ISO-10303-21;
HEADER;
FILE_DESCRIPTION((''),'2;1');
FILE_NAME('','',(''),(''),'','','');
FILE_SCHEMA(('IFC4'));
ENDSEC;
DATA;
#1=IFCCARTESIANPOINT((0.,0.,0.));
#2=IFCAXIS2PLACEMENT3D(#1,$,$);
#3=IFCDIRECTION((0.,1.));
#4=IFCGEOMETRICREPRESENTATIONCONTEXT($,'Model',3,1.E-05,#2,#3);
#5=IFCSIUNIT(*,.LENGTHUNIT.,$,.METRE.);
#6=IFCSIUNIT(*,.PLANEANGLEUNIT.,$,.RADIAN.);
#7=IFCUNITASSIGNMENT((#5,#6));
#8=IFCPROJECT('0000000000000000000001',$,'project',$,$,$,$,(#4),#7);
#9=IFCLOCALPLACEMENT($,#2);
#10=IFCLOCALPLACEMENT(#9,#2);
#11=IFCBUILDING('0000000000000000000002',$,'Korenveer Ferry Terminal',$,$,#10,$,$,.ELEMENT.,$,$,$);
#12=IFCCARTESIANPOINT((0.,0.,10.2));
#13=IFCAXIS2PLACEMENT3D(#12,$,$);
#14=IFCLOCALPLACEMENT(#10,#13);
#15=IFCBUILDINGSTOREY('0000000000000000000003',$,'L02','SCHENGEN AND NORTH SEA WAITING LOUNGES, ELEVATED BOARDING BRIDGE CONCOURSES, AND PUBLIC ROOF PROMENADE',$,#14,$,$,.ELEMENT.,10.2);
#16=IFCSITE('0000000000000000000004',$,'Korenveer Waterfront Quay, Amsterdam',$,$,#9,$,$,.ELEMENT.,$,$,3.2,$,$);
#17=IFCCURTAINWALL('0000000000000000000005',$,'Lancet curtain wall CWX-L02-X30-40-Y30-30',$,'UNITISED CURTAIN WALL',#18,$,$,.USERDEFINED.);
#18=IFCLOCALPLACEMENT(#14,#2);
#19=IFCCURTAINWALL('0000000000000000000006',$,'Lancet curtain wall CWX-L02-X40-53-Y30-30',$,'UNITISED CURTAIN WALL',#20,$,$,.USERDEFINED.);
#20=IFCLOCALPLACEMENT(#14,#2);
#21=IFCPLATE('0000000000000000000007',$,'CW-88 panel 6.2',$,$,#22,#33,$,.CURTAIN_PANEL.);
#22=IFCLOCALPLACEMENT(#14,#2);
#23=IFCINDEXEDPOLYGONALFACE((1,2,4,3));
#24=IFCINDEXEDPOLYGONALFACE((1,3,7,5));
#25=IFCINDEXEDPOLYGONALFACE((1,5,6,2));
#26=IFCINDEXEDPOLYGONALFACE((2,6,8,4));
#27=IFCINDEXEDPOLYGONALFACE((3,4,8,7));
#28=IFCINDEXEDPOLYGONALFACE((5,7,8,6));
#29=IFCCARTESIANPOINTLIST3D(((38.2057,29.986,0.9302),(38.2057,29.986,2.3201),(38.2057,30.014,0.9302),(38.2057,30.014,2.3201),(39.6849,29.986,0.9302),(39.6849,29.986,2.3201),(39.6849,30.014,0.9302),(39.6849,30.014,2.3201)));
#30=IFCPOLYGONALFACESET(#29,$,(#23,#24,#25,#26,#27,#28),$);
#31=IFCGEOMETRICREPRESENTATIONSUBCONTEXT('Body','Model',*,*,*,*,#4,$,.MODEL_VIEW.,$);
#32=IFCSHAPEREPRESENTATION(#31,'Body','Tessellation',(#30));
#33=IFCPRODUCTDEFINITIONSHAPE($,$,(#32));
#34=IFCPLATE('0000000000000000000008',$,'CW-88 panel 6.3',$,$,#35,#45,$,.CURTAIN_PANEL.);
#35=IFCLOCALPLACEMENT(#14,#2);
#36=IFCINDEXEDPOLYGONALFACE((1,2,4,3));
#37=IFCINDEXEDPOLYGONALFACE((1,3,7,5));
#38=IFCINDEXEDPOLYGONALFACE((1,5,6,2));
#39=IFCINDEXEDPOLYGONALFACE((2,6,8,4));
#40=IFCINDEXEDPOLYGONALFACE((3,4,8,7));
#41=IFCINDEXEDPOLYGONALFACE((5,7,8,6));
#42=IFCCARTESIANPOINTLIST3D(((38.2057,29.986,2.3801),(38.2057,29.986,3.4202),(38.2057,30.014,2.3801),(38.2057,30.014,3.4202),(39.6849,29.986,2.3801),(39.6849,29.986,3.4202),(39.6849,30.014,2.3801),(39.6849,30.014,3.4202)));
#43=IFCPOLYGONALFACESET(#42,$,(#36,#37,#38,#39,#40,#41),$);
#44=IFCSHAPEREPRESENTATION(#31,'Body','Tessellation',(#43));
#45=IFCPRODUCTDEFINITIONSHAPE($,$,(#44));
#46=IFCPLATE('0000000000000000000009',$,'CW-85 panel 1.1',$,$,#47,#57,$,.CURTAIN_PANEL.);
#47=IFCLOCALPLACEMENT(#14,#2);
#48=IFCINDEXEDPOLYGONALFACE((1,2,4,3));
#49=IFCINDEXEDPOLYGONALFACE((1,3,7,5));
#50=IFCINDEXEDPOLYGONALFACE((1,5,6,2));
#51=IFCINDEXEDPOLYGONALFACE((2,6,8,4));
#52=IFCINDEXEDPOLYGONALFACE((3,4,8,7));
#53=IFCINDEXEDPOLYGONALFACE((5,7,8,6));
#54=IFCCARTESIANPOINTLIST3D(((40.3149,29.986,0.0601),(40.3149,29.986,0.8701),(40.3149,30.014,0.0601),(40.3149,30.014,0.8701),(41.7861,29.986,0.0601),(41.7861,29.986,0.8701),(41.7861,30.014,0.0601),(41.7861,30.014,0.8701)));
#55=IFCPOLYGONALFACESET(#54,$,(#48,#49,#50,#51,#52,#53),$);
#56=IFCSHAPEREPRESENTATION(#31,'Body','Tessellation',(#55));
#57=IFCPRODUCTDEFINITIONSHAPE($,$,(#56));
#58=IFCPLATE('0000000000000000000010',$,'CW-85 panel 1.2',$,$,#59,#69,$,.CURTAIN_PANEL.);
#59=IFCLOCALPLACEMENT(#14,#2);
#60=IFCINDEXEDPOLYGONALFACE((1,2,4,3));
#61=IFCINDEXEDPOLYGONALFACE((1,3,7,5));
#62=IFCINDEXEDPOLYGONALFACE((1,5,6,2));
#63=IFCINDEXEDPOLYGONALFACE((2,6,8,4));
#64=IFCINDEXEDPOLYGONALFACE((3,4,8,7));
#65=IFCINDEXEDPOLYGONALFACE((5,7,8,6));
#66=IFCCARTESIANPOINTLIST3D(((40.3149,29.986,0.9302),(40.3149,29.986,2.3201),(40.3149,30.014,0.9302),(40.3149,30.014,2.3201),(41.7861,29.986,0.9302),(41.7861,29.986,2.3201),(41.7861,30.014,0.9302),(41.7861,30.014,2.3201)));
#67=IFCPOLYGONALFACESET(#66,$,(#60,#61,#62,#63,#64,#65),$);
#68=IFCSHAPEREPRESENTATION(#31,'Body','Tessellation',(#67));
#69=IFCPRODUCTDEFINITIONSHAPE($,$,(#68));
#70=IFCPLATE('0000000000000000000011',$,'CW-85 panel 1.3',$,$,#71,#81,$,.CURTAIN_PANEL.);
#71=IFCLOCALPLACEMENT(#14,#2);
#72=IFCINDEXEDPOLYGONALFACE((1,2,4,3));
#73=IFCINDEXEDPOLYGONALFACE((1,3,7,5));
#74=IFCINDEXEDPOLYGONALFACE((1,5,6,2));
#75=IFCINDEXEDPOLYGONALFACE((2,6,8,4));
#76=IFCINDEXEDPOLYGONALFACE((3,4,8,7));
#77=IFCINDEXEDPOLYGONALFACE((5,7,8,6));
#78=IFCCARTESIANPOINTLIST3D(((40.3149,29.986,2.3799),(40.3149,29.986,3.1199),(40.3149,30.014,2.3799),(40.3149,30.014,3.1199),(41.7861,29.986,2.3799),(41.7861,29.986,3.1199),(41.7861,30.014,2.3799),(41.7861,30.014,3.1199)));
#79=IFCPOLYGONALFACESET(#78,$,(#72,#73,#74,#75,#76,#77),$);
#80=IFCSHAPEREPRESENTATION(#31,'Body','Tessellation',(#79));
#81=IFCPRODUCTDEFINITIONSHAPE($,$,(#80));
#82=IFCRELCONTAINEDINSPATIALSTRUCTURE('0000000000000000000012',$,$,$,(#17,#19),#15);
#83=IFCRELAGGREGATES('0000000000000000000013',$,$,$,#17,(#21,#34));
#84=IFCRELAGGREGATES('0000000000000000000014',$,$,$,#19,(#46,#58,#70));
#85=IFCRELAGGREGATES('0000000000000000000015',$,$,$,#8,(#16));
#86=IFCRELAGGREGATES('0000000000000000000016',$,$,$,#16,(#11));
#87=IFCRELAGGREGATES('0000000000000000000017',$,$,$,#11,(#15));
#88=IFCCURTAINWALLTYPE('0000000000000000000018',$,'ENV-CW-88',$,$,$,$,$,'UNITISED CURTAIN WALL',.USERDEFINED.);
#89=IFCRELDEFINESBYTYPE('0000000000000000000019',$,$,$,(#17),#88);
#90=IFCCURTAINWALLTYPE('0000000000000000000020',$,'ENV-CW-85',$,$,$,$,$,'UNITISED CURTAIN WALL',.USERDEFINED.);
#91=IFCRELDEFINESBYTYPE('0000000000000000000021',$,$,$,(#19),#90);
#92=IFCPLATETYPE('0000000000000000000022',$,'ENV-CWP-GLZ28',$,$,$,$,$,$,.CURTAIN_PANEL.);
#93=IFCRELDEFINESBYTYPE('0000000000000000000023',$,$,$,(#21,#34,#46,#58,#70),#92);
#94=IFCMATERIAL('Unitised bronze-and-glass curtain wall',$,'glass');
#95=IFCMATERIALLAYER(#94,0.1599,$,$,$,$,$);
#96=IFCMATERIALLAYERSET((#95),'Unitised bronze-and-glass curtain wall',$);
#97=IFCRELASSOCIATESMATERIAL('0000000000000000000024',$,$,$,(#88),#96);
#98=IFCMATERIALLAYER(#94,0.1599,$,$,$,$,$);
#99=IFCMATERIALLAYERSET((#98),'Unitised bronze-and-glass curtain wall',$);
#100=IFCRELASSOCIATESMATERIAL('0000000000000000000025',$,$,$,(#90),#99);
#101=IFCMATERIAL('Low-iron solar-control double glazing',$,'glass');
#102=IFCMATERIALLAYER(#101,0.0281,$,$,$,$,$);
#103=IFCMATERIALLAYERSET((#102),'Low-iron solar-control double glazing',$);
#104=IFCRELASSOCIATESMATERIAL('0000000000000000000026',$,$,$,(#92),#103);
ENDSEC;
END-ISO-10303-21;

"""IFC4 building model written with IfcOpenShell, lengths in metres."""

from ifc_helpers import new_model, si_unit, direction, frame, origin, origin_2d, place, context, subcontext, project, spatial, rectangle, extrude, material, layer, layer_set, type_object, element, aggregate, save


model = new_model("IFC4")

# Units and contexts
model_context = context("Model", 3, precision=1e-05, world=origin(), true_north=direction((0.0, 1.0)))
body_context = subcontext(model_context, "Body", "Model", "MODEL_VIEW")
ifc_project = project(units=[si_unit("LENGTHUNIT", "METRE"), si_unit("PLANEANGLEUNIT", "RADIAN")], contexts=[model_context])

# Site, building, storey
site_placement = place(None, origin())
site = spatial("IfcSite", under=ifc_project, at=site_placement, Name="Korenveer Waterfront Quay, Amsterdam", CompositionType="ELEMENT", RefElevation=3.2)
building_placement = place(site_placement, origin())
building = spatial("IfcBuilding", under=site, at=building_placement, Name="Korenveer Ferry Terminal", CompositionType="ELEMENT")
storey_placement = place(building_placement, frame((0.0, 0.0, 10.2)))
storey = spatial("IfcBuildingStorey", under=building, at=storey_placement, Name="L02", Description="SCHENGEN AND NORTH SEA WAITING LOUNGES, ELEVATED BOARDING BRIDGE CONCOURSES, AND PUBLIC ROOF PROMENADE", CompositionType="ELEMENT", Elevation=10.2)

# Curtain wall
ifc_material_1 = material(Name="Unitised bronze-and-glass curtain wall", Category="glass")
ifc_layer_1 = layer(ifc_material_1, 0.1599)
ifc_layer_set_1 = layer_set([ifc_layer_1], Name="Unitised bronze-and-glass curtain wall")
curtain_wall_type_1 = type_object("IfcCurtainWallType", Name="ENV-CW-88", ElementType="UNITISED CURTAIN WALL", PredefinedType="USERDEFINED", material=ifc_layer_set_1)
curtain_wall_1_placement = place(storey_placement, frame((30.3301, 30.0, 0.0)))
curtain_wall_1 = element("IfcCurtainWall", 1, at=curtain_wall_1_placement, inside=storey, type_object=curtain_wall_type_1, Name="Lancet curtain wall CWX-L02-X30-40-Y30-30", ObjectType="UNITISED CURTAIN WALL", PredefinedType="USERDEFINED")

# Curtain wall
ifc_layer_2 = layer(ifc_material_1, 0.1599)
ifc_layer_set_2 = layer_set([ifc_layer_2], Name="Unitised bronze-and-glass curtain wall")
curtain_wall_type_2 = type_object("IfcCurtainWallType", Name="ENV-CW-85", ElementType="UNITISED CURTAIN WALL", PredefinedType="USERDEFINED", material=ifc_layer_set_2)
curtain_wall_2_placement = place(storey_placement, frame((40.2549, 30.0, 0.0)))
curtain_wall_2 = element("IfcCurtainWall", 2, at=curtain_wall_2_placement, inside=storey, type_object=curtain_wall_type_2, Name="Lancet curtain wall CWX-L02-X40-53-Y30-30", ObjectType="UNITISED CURTAIN WALL", PredefinedType="USERDEFINED")

# Plates
ifc_material_2 = material(Name="Low-iron solar-control double glazing", Category="glass")
ifc_layer_3 = layer(ifc_material_2, 0.0281)
ifc_layer_set_3 = layer_set([ifc_layer_3], Name="Low-iron solar-control double glazing")
plate_type = type_object("IfcPlateType", Name="ENV-CWP-GLZ28", PredefinedType="CURTAIN_PANEL", material=ifc_layer_set_3)
plate_1_placement = place(storey_placement, frame((38.9453, 30.0, 0.9302), z_axis=(0.0, 0.0, 1.0), x_axis=(1.0, 0.0, 0.0)))
plate_1 = element("IfcPlate", 3, at=plate_1_placement, type_object=plate_type, Name="CW-88 panel 6.2", PredefinedType="CURTAIN_PANEL", context=body_context, shape_type="SweptSolid", body=[
    extrude(rectangle(XDim=1.4792, YDim=0.0281, at=origin_2d()), origin(), (0.0, 0.0, 1.0), 1.3899),
])
plate_2_placement = place(storey_placement, frame((38.9453, 30.0, 2.3801), z_axis=(0.0, 0.0, 1.0), x_axis=(1.0, 0.0, 0.0)))
plate_2 = element("IfcPlate", 4, at=plate_2_placement, type_object=plate_type, Name="CW-88 panel 6.3", PredefinedType="CURTAIN_PANEL", context=body_context, shape_type="SweptSolid", body=[
    extrude(rectangle(XDim=1.4792, YDim=0.0281, at=origin_2d()), origin(), (0.0, 0.0, 1.0), 1.04),
])
aggregate(curtain_wall_1, [plate_1, plate_2])
plate_3_placement = place(storey_placement, frame((41.0505, 30.0, 0.0601), z_axis=(0.0, 0.0, 1.0), x_axis=(1.0, 0.0, 0.0)))
plate_3 = element("IfcPlate", 5, at=plate_3_placement, type_object=plate_type, Name="CW-85 panel 1.1", PredefinedType="CURTAIN_PANEL", context=body_context, shape_type="SweptSolid", body=[
    extrude(rectangle(XDim=1.4712, YDim=0.0281, at=origin_2d()), origin(), (0.0, 0.0, 1.0), 0.8101),
])
plate_4_placement = place(storey_placement, frame((41.0505, 30.0, 0.9302), z_axis=(0.0, 0.0, 1.0), x_axis=(1.0, 0.0, 0.0)))
plate_4 = element("IfcPlate", 6, at=plate_4_placement, type_object=plate_type, Name="CW-85 panel 1.2", PredefinedType="CURTAIN_PANEL", context=body_context, shape_type="SweptSolid", body=[
    extrude(rectangle(XDim=1.4712, YDim=0.0281, at=origin_2d()), origin(), (0.0, 0.0, 1.0), 1.3899),
])
plate_5_placement = place(storey_placement, frame((41.0505, 30.0, 2.3799), z_axis=(0.0, 0.0, 1.0), x_axis=(1.0, 0.0, 0.0)))
plate_5 = element("IfcPlate", 7, at=plate_5_placement, type_object=plate_type, Name="CW-85 panel 1.3", PredefinedType="CURTAIN_PANEL", context=body_context, shape_type="SweptSolid", body=[
    extrude(rectangle(XDim=1.4712, YDim=0.0281, at=origin_2d()), origin(), (0.0, 0.0, 1.0), 0.74),
])
aggregate(curtain_wall_2, [plate_3, plate_4, plate_5])

save(model, "model.ifc")
